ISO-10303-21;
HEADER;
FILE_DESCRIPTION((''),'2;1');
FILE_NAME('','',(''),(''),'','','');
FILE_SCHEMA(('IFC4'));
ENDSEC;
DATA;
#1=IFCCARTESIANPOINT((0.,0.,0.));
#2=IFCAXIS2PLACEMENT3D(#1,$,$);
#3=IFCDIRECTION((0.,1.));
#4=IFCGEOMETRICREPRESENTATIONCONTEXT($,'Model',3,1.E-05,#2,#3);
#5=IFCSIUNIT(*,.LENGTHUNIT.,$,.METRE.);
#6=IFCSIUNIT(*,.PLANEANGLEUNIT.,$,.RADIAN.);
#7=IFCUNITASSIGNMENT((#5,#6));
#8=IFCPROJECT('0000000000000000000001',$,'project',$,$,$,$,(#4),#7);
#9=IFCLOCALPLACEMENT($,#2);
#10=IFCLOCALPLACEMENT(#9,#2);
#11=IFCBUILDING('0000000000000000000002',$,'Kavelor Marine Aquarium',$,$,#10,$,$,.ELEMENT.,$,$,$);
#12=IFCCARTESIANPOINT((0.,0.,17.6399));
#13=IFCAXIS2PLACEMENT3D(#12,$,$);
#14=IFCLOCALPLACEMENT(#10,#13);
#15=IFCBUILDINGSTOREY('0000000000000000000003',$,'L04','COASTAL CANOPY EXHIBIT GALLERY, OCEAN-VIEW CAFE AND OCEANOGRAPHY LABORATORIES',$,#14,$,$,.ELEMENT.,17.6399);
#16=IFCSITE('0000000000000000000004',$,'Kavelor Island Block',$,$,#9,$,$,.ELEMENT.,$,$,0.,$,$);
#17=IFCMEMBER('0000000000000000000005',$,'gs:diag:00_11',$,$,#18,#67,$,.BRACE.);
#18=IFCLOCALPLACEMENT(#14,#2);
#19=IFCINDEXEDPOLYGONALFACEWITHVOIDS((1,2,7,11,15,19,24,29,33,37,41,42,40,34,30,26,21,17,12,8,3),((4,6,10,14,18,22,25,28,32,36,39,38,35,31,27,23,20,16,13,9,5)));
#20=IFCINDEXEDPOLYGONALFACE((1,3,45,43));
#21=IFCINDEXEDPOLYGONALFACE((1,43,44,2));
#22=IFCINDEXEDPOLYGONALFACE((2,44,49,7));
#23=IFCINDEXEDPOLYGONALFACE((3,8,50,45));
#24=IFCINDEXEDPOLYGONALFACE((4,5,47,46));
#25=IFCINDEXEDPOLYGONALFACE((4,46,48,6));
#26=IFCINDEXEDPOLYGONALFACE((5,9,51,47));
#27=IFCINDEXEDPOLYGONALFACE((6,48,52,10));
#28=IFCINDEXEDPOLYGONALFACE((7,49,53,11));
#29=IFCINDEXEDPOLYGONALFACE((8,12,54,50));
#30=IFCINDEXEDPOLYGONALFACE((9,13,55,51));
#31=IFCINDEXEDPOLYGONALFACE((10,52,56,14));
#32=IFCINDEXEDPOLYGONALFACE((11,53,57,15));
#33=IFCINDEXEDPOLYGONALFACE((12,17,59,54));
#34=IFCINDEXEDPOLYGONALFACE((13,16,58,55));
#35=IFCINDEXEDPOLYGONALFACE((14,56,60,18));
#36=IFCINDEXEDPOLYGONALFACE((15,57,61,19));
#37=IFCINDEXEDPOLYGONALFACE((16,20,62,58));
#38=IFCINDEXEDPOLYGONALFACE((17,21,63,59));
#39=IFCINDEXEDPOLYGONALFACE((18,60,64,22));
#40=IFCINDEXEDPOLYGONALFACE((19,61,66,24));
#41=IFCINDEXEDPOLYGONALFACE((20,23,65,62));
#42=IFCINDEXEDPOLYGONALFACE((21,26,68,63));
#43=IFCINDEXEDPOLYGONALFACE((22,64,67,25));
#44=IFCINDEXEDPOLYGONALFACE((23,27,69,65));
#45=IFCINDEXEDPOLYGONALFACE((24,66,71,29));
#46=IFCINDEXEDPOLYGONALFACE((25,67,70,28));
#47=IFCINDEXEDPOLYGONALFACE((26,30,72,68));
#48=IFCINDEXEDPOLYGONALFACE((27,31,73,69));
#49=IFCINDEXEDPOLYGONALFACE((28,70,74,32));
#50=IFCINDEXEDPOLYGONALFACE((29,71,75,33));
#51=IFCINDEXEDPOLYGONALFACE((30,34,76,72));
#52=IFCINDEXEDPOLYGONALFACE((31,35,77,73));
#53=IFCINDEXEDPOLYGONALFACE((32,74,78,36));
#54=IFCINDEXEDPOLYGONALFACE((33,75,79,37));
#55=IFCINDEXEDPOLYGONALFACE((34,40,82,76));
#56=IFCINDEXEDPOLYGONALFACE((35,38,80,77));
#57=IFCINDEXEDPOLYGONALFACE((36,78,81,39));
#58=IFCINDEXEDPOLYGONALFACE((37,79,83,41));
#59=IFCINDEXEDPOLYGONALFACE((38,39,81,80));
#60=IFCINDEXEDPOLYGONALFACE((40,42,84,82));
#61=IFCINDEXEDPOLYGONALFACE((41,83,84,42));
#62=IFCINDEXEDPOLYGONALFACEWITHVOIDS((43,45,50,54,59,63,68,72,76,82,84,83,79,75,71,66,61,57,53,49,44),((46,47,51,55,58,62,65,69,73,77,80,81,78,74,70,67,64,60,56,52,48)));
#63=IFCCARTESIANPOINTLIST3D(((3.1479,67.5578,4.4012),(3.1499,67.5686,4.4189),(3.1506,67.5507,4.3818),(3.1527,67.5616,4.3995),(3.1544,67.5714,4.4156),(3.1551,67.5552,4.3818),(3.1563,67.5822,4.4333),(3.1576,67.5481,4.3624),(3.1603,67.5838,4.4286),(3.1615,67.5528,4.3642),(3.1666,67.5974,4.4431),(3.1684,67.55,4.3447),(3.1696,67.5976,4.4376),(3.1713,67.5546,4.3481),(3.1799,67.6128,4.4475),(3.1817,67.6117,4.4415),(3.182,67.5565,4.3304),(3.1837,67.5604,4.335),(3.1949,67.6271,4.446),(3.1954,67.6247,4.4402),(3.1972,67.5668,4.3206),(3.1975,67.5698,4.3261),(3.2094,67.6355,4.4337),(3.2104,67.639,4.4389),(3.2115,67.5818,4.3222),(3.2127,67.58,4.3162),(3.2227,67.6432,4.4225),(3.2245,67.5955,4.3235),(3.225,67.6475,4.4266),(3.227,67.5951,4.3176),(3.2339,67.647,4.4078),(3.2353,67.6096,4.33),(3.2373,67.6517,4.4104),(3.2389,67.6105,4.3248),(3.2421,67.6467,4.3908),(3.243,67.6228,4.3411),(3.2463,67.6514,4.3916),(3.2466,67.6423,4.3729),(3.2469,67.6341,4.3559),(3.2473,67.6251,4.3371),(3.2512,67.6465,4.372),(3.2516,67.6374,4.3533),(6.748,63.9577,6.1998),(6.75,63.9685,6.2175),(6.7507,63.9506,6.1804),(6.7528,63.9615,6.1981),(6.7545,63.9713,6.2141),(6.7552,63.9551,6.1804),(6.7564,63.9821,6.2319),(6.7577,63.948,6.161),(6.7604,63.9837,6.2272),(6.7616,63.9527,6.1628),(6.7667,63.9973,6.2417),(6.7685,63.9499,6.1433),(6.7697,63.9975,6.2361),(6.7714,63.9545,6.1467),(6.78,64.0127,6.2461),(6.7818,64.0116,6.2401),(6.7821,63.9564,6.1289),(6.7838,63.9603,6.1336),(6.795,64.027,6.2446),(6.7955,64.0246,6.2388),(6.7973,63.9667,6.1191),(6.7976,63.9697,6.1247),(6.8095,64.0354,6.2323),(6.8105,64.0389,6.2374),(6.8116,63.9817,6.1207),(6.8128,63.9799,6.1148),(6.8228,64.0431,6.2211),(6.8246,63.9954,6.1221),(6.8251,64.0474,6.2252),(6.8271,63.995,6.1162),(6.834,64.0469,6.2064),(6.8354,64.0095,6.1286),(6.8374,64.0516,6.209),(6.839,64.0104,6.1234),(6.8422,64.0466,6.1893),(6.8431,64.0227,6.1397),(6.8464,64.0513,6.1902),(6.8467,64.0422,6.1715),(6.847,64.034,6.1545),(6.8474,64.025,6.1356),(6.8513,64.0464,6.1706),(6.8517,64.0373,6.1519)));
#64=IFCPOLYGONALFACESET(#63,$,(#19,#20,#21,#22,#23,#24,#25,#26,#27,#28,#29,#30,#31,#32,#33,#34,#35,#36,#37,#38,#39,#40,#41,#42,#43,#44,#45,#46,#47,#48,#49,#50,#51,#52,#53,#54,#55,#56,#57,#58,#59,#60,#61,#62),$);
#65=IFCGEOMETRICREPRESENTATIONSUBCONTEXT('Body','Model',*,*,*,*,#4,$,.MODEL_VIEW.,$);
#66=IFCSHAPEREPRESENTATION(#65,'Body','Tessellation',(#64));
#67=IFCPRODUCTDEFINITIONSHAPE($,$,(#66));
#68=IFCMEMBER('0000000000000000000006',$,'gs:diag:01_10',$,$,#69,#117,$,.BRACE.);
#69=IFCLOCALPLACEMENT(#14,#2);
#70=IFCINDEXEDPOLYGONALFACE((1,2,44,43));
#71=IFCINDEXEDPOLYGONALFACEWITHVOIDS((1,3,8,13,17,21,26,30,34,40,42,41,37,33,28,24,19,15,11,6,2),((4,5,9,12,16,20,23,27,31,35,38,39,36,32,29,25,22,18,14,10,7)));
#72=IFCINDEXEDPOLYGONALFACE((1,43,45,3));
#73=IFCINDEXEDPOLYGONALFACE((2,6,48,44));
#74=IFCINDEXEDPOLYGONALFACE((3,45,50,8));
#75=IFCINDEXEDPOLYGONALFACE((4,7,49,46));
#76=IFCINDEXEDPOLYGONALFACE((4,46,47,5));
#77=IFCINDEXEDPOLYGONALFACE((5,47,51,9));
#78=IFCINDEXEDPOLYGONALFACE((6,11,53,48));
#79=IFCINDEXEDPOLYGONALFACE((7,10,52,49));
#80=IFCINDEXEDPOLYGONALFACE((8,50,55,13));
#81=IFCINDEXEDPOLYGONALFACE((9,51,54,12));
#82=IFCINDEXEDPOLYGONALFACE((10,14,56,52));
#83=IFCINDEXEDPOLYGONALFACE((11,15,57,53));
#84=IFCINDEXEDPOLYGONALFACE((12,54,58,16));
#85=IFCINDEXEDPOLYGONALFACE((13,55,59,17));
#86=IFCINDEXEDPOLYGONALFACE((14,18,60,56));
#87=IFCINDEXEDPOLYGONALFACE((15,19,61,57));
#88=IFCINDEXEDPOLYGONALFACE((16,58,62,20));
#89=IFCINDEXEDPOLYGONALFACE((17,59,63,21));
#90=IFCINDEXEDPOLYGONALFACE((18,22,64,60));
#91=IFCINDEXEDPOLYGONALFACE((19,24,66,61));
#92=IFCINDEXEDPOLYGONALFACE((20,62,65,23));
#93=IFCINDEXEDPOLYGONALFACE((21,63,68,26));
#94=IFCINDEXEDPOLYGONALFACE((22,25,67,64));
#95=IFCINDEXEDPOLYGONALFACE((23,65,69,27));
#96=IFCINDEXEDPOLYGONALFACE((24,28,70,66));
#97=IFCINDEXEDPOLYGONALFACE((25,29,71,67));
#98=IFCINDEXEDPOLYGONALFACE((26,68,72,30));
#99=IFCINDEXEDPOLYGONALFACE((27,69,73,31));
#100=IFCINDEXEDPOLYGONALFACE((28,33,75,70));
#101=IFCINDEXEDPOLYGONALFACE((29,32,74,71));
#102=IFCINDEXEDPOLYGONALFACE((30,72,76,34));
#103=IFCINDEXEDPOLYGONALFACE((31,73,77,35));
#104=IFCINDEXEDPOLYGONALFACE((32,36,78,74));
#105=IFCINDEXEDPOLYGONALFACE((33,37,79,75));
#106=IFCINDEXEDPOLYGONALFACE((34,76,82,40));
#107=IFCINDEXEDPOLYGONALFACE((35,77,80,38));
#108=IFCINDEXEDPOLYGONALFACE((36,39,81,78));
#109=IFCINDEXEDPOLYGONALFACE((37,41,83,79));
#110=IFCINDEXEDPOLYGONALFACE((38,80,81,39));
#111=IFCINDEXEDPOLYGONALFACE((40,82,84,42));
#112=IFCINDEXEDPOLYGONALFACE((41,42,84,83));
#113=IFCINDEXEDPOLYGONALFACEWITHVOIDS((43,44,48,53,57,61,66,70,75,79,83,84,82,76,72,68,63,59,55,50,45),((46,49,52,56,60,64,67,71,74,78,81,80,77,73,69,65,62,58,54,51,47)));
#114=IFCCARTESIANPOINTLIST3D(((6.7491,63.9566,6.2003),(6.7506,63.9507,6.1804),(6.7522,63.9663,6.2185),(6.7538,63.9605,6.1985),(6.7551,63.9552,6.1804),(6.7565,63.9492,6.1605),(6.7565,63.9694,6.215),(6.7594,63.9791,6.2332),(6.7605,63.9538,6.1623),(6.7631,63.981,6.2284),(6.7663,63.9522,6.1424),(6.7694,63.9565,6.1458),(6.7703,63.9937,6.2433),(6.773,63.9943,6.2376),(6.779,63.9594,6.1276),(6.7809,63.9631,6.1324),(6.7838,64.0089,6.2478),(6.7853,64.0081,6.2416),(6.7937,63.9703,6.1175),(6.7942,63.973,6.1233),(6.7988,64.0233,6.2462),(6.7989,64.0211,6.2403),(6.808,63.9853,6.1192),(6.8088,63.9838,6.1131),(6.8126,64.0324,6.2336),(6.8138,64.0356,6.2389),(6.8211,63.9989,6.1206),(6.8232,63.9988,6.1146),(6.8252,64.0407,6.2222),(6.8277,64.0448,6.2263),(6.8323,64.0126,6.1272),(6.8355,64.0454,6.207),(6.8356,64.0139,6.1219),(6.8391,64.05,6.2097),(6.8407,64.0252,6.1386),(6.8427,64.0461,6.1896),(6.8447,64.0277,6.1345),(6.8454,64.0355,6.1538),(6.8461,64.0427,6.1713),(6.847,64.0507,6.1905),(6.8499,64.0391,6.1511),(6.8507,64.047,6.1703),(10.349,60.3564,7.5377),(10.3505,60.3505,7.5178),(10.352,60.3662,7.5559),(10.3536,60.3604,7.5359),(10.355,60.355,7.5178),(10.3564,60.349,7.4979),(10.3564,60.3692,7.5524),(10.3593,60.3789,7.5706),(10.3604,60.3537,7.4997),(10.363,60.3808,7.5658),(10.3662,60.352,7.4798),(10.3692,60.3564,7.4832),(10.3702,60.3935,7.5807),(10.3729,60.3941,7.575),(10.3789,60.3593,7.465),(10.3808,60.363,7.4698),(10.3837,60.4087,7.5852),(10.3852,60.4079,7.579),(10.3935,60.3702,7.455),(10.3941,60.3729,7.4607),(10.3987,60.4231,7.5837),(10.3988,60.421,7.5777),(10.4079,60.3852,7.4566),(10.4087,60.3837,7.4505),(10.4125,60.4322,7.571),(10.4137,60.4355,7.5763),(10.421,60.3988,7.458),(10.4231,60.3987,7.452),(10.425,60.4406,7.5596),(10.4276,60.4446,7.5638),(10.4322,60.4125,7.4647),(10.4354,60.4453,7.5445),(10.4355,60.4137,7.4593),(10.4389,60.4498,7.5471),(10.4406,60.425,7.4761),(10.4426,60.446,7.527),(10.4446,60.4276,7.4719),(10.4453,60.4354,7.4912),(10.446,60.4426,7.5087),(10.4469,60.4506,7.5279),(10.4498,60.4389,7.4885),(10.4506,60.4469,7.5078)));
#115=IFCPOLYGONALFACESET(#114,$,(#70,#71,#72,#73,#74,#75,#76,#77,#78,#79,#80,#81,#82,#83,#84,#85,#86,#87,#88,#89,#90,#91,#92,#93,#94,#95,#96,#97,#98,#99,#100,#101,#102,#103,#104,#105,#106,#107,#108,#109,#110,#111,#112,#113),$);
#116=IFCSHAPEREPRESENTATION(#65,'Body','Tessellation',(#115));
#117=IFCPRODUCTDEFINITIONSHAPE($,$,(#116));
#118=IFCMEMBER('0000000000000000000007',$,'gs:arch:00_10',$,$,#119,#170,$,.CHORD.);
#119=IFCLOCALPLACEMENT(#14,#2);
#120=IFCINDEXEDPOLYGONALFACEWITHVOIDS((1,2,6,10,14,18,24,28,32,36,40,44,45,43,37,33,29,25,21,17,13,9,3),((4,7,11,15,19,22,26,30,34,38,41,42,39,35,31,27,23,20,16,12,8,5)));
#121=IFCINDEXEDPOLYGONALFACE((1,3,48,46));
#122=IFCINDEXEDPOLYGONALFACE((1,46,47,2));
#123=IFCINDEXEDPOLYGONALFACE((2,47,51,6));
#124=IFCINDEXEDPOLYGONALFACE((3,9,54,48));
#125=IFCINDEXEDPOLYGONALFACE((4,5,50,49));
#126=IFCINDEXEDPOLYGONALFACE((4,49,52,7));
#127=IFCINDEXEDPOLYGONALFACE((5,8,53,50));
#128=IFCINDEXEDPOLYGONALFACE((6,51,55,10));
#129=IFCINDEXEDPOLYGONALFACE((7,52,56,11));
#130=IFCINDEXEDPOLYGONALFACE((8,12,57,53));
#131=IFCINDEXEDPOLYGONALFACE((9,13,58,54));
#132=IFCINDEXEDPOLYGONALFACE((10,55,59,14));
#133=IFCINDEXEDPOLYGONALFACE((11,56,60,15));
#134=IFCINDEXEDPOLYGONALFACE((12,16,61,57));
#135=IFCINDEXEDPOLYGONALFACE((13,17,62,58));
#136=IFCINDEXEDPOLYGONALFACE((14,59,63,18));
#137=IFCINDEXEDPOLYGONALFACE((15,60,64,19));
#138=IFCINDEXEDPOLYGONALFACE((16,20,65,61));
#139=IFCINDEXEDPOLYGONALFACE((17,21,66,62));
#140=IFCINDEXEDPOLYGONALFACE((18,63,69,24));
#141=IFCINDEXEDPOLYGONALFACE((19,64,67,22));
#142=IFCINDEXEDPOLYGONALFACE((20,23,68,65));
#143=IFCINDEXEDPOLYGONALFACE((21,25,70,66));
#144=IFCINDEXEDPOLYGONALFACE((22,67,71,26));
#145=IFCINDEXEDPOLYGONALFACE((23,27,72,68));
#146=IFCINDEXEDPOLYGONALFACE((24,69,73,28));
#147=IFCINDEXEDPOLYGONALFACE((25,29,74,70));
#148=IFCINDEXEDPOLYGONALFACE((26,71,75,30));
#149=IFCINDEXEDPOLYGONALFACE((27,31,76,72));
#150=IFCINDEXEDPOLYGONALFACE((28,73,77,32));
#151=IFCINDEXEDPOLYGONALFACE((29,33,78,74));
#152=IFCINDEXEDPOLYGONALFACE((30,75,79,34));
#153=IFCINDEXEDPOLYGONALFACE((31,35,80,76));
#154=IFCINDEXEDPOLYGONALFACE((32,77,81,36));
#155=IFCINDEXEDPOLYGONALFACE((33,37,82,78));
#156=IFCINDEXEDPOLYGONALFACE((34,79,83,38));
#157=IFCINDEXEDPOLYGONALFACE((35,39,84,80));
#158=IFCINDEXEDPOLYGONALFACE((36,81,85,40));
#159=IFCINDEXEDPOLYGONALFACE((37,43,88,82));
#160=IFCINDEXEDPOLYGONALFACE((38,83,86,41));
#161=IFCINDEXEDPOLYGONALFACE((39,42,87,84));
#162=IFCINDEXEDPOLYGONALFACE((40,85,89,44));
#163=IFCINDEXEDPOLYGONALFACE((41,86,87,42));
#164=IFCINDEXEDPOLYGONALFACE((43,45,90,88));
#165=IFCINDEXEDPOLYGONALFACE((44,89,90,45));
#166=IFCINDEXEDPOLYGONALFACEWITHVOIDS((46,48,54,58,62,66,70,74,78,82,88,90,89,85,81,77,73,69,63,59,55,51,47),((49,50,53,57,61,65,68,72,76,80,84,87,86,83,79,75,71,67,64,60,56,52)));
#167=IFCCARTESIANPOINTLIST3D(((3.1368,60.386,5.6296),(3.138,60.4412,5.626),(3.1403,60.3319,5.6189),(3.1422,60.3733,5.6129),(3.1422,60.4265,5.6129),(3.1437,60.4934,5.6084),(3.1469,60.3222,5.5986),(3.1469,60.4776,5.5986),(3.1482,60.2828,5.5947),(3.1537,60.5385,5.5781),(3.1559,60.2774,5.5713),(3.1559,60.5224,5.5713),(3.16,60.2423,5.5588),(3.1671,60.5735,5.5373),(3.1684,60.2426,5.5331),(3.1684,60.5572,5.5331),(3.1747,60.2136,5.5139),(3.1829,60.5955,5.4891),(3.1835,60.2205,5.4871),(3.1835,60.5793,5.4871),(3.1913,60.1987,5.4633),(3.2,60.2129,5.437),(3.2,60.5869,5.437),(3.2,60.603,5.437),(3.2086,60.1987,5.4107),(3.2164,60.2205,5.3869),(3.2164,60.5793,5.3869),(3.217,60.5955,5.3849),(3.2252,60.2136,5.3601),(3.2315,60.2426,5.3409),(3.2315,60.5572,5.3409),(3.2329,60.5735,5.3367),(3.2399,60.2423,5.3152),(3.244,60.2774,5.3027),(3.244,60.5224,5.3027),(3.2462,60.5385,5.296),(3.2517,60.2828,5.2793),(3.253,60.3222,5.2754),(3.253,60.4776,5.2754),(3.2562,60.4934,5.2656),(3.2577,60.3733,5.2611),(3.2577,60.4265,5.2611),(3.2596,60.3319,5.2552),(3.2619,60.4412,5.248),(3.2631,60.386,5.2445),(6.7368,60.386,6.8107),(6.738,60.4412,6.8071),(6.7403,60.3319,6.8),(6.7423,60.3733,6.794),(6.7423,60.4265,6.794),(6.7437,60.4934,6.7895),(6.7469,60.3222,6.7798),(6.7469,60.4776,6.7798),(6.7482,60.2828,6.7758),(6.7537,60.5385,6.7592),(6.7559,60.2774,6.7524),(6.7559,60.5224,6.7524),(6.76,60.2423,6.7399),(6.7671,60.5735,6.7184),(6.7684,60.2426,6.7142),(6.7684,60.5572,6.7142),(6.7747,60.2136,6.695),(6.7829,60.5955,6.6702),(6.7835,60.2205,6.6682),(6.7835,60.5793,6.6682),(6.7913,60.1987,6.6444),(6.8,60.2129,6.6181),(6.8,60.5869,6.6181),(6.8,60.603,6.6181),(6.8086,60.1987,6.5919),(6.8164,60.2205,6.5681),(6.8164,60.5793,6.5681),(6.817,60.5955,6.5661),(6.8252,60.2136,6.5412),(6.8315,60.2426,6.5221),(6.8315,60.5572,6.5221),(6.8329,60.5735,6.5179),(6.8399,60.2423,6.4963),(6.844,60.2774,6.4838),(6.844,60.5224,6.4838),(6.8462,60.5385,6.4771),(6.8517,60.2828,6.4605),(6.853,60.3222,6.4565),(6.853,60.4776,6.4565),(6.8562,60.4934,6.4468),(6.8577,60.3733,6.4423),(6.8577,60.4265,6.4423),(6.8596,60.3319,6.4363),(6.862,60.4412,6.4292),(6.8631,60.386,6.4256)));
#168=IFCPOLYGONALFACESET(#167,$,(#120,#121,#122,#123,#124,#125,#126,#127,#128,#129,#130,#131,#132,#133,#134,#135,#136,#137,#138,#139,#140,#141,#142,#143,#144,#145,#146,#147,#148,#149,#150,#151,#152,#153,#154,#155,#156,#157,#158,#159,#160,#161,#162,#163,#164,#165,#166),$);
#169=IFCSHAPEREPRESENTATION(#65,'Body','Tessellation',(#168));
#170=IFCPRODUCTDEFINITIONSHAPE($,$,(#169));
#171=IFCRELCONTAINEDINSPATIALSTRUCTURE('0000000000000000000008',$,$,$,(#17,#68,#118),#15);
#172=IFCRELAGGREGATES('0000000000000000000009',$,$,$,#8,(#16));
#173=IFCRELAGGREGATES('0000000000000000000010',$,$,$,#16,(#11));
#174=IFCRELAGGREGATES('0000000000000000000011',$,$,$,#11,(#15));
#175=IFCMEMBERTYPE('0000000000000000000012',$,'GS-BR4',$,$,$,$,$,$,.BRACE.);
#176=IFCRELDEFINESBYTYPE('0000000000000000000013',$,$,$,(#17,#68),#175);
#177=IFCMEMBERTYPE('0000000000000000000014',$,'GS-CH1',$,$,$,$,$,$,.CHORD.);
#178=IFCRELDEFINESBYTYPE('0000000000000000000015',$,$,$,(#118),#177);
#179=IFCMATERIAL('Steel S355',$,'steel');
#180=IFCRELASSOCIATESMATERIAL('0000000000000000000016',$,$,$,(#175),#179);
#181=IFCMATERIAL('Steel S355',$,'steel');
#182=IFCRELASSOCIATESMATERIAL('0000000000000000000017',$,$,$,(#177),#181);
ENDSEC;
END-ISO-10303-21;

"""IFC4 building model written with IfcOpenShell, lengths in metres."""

from ifc_helpers import new_model, si_unit, direction, frame, origin, origin_2d, place, context, subcontext, project, spatial, hollow_circle, extrude, material, material_profile, profile_set, type_object, element, save


model = new_model("IFC4")

# Units and contexts
model_context = context("Model", 3, precision=1e-05, world=origin(), true_north=direction((0.0, 1.0)))
body_context = subcontext(model_context, "Body", "Model", "MODEL_VIEW")
ifc_project = project(units=[si_unit("LENGTHUNIT", "METRE"), si_unit("PLANEANGLEUNIT", "RADIAN")], contexts=[model_context])

# Site, building, storey
site_placement = place(None, origin())
site = spatial("IfcSite", under=ifc_project, at=site_placement, Name="Kavelor Island Block", CompositionType="ELEMENT", RefElevation=0.0)
building_placement = place(site_placement, origin())
building = spatial("IfcBuilding", under=site, at=building_placement, Name="Kavelor Marine Aquarium", CompositionType="ELEMENT")
storey_placement = place(building_placement, frame((0.0, 0.0, 17.6399)))
storey = spatial("IfcBuildingStorey", under=building, at=storey_placement, Name="L04", Description="COASTAL CANOPY EXHIBIT GALLERY, OCEAN-VIEW CAFE AND OCEANOGRAPHY LABORATORIES", CompositionType="ELEMENT", Elevation=17.6399)

# Members
ifc_material_1 = material(Name="Steel S355", Category="steel")
ifc_material_profile_1 = material_profile(ifc_material_1, hollow_circle(Radius=0.0698, WallThickness=0.0063, at=origin_2d()), Name="CHS 139.7x6.3")
ifc_profile_set_1 = profile_set([ifc_material_profile_1], Name="Steel S355")
member_type_1 = type_object("IfcMemberType", Name="GS-BR4", PredefinedType="BRACE", material=ifc_profile_set_1)
member_1_placement = place(storey_placement, frame((6.8, 64.0, 6.1804), z_axis=(-0.666727, 0.666727, -0.333092), x_axis=(-0.707107, -0.707107, 0.0)))
element("IfcMember", 1, at=member_1_placement, inside=storey, type_object=member_type_1, Name="gs:diag:00_11", PredefinedType="BRACE", context=body_context, shape_type="SweptSolid", body=[
    extrude(hollow_circle(Radius=0.0698, WallThickness=0.0063, at=origin_2d()), origin(), (0.0, 0.0, 1.0), 5.3997),
])
member_2_placement = place(storey_placement, frame((10.3999, 60.3999, 7.5178), z_axis=(-0.68388, 0.683926, -0.254072), x_axis=(-0.707131, -0.707083, 0.0)))
element("IfcMember", 2, at=member_2_placement, inside=storey, type_object=member_type_1, Name="gs:diag:01_10", PredefinedType="BRACE", context=body_context, shape_type="SweptSolid", body=[
    extrude(hollow_circle(Radius=0.0698, WallThickness=0.0063, at=origin_2d()), origin(), (0.0, 0.0, 1.0), 5.2639),
])
ifc_material_2 = material(Name="Steel S355", Category="steel")
ifc_material_profile_2 = material_profile(ifc_material_2, hollow_circle(Radius=0.2031, WallThickness=0.0161, at=origin_2d()), Name="CHS 406.4x16.0")
ifc_profile_set_2 = profile_set([ifc_material_profile_2], Name="Steel S355")
member_type_2 = type_object("IfcMemberType", Name="GS-CH1", PredefinedType="CHORD", material=ifc_profile_set_2)
member_3_placement = place(storey_placement, frame((3.2, 60.3999, 5.437), z_axis=(0.950168, 0.0, 0.31174), x_axis=(0.0, 1.0, 0.0)))
element("IfcMember", 3, at=member_3_placement, inside=storey, type_object=member_type_2, Name="gs:arch:00_10", PredefinedType="CHORD", context=body_context, shape_type="SweptSolid", body=[
    extrude(hollow_circle(Radius=0.2031, WallThickness=0.0161, at=origin_2d()), origin(), (0.0, 0.0, 1.0), 3.7888),
])

save(model, "model.ifc")
